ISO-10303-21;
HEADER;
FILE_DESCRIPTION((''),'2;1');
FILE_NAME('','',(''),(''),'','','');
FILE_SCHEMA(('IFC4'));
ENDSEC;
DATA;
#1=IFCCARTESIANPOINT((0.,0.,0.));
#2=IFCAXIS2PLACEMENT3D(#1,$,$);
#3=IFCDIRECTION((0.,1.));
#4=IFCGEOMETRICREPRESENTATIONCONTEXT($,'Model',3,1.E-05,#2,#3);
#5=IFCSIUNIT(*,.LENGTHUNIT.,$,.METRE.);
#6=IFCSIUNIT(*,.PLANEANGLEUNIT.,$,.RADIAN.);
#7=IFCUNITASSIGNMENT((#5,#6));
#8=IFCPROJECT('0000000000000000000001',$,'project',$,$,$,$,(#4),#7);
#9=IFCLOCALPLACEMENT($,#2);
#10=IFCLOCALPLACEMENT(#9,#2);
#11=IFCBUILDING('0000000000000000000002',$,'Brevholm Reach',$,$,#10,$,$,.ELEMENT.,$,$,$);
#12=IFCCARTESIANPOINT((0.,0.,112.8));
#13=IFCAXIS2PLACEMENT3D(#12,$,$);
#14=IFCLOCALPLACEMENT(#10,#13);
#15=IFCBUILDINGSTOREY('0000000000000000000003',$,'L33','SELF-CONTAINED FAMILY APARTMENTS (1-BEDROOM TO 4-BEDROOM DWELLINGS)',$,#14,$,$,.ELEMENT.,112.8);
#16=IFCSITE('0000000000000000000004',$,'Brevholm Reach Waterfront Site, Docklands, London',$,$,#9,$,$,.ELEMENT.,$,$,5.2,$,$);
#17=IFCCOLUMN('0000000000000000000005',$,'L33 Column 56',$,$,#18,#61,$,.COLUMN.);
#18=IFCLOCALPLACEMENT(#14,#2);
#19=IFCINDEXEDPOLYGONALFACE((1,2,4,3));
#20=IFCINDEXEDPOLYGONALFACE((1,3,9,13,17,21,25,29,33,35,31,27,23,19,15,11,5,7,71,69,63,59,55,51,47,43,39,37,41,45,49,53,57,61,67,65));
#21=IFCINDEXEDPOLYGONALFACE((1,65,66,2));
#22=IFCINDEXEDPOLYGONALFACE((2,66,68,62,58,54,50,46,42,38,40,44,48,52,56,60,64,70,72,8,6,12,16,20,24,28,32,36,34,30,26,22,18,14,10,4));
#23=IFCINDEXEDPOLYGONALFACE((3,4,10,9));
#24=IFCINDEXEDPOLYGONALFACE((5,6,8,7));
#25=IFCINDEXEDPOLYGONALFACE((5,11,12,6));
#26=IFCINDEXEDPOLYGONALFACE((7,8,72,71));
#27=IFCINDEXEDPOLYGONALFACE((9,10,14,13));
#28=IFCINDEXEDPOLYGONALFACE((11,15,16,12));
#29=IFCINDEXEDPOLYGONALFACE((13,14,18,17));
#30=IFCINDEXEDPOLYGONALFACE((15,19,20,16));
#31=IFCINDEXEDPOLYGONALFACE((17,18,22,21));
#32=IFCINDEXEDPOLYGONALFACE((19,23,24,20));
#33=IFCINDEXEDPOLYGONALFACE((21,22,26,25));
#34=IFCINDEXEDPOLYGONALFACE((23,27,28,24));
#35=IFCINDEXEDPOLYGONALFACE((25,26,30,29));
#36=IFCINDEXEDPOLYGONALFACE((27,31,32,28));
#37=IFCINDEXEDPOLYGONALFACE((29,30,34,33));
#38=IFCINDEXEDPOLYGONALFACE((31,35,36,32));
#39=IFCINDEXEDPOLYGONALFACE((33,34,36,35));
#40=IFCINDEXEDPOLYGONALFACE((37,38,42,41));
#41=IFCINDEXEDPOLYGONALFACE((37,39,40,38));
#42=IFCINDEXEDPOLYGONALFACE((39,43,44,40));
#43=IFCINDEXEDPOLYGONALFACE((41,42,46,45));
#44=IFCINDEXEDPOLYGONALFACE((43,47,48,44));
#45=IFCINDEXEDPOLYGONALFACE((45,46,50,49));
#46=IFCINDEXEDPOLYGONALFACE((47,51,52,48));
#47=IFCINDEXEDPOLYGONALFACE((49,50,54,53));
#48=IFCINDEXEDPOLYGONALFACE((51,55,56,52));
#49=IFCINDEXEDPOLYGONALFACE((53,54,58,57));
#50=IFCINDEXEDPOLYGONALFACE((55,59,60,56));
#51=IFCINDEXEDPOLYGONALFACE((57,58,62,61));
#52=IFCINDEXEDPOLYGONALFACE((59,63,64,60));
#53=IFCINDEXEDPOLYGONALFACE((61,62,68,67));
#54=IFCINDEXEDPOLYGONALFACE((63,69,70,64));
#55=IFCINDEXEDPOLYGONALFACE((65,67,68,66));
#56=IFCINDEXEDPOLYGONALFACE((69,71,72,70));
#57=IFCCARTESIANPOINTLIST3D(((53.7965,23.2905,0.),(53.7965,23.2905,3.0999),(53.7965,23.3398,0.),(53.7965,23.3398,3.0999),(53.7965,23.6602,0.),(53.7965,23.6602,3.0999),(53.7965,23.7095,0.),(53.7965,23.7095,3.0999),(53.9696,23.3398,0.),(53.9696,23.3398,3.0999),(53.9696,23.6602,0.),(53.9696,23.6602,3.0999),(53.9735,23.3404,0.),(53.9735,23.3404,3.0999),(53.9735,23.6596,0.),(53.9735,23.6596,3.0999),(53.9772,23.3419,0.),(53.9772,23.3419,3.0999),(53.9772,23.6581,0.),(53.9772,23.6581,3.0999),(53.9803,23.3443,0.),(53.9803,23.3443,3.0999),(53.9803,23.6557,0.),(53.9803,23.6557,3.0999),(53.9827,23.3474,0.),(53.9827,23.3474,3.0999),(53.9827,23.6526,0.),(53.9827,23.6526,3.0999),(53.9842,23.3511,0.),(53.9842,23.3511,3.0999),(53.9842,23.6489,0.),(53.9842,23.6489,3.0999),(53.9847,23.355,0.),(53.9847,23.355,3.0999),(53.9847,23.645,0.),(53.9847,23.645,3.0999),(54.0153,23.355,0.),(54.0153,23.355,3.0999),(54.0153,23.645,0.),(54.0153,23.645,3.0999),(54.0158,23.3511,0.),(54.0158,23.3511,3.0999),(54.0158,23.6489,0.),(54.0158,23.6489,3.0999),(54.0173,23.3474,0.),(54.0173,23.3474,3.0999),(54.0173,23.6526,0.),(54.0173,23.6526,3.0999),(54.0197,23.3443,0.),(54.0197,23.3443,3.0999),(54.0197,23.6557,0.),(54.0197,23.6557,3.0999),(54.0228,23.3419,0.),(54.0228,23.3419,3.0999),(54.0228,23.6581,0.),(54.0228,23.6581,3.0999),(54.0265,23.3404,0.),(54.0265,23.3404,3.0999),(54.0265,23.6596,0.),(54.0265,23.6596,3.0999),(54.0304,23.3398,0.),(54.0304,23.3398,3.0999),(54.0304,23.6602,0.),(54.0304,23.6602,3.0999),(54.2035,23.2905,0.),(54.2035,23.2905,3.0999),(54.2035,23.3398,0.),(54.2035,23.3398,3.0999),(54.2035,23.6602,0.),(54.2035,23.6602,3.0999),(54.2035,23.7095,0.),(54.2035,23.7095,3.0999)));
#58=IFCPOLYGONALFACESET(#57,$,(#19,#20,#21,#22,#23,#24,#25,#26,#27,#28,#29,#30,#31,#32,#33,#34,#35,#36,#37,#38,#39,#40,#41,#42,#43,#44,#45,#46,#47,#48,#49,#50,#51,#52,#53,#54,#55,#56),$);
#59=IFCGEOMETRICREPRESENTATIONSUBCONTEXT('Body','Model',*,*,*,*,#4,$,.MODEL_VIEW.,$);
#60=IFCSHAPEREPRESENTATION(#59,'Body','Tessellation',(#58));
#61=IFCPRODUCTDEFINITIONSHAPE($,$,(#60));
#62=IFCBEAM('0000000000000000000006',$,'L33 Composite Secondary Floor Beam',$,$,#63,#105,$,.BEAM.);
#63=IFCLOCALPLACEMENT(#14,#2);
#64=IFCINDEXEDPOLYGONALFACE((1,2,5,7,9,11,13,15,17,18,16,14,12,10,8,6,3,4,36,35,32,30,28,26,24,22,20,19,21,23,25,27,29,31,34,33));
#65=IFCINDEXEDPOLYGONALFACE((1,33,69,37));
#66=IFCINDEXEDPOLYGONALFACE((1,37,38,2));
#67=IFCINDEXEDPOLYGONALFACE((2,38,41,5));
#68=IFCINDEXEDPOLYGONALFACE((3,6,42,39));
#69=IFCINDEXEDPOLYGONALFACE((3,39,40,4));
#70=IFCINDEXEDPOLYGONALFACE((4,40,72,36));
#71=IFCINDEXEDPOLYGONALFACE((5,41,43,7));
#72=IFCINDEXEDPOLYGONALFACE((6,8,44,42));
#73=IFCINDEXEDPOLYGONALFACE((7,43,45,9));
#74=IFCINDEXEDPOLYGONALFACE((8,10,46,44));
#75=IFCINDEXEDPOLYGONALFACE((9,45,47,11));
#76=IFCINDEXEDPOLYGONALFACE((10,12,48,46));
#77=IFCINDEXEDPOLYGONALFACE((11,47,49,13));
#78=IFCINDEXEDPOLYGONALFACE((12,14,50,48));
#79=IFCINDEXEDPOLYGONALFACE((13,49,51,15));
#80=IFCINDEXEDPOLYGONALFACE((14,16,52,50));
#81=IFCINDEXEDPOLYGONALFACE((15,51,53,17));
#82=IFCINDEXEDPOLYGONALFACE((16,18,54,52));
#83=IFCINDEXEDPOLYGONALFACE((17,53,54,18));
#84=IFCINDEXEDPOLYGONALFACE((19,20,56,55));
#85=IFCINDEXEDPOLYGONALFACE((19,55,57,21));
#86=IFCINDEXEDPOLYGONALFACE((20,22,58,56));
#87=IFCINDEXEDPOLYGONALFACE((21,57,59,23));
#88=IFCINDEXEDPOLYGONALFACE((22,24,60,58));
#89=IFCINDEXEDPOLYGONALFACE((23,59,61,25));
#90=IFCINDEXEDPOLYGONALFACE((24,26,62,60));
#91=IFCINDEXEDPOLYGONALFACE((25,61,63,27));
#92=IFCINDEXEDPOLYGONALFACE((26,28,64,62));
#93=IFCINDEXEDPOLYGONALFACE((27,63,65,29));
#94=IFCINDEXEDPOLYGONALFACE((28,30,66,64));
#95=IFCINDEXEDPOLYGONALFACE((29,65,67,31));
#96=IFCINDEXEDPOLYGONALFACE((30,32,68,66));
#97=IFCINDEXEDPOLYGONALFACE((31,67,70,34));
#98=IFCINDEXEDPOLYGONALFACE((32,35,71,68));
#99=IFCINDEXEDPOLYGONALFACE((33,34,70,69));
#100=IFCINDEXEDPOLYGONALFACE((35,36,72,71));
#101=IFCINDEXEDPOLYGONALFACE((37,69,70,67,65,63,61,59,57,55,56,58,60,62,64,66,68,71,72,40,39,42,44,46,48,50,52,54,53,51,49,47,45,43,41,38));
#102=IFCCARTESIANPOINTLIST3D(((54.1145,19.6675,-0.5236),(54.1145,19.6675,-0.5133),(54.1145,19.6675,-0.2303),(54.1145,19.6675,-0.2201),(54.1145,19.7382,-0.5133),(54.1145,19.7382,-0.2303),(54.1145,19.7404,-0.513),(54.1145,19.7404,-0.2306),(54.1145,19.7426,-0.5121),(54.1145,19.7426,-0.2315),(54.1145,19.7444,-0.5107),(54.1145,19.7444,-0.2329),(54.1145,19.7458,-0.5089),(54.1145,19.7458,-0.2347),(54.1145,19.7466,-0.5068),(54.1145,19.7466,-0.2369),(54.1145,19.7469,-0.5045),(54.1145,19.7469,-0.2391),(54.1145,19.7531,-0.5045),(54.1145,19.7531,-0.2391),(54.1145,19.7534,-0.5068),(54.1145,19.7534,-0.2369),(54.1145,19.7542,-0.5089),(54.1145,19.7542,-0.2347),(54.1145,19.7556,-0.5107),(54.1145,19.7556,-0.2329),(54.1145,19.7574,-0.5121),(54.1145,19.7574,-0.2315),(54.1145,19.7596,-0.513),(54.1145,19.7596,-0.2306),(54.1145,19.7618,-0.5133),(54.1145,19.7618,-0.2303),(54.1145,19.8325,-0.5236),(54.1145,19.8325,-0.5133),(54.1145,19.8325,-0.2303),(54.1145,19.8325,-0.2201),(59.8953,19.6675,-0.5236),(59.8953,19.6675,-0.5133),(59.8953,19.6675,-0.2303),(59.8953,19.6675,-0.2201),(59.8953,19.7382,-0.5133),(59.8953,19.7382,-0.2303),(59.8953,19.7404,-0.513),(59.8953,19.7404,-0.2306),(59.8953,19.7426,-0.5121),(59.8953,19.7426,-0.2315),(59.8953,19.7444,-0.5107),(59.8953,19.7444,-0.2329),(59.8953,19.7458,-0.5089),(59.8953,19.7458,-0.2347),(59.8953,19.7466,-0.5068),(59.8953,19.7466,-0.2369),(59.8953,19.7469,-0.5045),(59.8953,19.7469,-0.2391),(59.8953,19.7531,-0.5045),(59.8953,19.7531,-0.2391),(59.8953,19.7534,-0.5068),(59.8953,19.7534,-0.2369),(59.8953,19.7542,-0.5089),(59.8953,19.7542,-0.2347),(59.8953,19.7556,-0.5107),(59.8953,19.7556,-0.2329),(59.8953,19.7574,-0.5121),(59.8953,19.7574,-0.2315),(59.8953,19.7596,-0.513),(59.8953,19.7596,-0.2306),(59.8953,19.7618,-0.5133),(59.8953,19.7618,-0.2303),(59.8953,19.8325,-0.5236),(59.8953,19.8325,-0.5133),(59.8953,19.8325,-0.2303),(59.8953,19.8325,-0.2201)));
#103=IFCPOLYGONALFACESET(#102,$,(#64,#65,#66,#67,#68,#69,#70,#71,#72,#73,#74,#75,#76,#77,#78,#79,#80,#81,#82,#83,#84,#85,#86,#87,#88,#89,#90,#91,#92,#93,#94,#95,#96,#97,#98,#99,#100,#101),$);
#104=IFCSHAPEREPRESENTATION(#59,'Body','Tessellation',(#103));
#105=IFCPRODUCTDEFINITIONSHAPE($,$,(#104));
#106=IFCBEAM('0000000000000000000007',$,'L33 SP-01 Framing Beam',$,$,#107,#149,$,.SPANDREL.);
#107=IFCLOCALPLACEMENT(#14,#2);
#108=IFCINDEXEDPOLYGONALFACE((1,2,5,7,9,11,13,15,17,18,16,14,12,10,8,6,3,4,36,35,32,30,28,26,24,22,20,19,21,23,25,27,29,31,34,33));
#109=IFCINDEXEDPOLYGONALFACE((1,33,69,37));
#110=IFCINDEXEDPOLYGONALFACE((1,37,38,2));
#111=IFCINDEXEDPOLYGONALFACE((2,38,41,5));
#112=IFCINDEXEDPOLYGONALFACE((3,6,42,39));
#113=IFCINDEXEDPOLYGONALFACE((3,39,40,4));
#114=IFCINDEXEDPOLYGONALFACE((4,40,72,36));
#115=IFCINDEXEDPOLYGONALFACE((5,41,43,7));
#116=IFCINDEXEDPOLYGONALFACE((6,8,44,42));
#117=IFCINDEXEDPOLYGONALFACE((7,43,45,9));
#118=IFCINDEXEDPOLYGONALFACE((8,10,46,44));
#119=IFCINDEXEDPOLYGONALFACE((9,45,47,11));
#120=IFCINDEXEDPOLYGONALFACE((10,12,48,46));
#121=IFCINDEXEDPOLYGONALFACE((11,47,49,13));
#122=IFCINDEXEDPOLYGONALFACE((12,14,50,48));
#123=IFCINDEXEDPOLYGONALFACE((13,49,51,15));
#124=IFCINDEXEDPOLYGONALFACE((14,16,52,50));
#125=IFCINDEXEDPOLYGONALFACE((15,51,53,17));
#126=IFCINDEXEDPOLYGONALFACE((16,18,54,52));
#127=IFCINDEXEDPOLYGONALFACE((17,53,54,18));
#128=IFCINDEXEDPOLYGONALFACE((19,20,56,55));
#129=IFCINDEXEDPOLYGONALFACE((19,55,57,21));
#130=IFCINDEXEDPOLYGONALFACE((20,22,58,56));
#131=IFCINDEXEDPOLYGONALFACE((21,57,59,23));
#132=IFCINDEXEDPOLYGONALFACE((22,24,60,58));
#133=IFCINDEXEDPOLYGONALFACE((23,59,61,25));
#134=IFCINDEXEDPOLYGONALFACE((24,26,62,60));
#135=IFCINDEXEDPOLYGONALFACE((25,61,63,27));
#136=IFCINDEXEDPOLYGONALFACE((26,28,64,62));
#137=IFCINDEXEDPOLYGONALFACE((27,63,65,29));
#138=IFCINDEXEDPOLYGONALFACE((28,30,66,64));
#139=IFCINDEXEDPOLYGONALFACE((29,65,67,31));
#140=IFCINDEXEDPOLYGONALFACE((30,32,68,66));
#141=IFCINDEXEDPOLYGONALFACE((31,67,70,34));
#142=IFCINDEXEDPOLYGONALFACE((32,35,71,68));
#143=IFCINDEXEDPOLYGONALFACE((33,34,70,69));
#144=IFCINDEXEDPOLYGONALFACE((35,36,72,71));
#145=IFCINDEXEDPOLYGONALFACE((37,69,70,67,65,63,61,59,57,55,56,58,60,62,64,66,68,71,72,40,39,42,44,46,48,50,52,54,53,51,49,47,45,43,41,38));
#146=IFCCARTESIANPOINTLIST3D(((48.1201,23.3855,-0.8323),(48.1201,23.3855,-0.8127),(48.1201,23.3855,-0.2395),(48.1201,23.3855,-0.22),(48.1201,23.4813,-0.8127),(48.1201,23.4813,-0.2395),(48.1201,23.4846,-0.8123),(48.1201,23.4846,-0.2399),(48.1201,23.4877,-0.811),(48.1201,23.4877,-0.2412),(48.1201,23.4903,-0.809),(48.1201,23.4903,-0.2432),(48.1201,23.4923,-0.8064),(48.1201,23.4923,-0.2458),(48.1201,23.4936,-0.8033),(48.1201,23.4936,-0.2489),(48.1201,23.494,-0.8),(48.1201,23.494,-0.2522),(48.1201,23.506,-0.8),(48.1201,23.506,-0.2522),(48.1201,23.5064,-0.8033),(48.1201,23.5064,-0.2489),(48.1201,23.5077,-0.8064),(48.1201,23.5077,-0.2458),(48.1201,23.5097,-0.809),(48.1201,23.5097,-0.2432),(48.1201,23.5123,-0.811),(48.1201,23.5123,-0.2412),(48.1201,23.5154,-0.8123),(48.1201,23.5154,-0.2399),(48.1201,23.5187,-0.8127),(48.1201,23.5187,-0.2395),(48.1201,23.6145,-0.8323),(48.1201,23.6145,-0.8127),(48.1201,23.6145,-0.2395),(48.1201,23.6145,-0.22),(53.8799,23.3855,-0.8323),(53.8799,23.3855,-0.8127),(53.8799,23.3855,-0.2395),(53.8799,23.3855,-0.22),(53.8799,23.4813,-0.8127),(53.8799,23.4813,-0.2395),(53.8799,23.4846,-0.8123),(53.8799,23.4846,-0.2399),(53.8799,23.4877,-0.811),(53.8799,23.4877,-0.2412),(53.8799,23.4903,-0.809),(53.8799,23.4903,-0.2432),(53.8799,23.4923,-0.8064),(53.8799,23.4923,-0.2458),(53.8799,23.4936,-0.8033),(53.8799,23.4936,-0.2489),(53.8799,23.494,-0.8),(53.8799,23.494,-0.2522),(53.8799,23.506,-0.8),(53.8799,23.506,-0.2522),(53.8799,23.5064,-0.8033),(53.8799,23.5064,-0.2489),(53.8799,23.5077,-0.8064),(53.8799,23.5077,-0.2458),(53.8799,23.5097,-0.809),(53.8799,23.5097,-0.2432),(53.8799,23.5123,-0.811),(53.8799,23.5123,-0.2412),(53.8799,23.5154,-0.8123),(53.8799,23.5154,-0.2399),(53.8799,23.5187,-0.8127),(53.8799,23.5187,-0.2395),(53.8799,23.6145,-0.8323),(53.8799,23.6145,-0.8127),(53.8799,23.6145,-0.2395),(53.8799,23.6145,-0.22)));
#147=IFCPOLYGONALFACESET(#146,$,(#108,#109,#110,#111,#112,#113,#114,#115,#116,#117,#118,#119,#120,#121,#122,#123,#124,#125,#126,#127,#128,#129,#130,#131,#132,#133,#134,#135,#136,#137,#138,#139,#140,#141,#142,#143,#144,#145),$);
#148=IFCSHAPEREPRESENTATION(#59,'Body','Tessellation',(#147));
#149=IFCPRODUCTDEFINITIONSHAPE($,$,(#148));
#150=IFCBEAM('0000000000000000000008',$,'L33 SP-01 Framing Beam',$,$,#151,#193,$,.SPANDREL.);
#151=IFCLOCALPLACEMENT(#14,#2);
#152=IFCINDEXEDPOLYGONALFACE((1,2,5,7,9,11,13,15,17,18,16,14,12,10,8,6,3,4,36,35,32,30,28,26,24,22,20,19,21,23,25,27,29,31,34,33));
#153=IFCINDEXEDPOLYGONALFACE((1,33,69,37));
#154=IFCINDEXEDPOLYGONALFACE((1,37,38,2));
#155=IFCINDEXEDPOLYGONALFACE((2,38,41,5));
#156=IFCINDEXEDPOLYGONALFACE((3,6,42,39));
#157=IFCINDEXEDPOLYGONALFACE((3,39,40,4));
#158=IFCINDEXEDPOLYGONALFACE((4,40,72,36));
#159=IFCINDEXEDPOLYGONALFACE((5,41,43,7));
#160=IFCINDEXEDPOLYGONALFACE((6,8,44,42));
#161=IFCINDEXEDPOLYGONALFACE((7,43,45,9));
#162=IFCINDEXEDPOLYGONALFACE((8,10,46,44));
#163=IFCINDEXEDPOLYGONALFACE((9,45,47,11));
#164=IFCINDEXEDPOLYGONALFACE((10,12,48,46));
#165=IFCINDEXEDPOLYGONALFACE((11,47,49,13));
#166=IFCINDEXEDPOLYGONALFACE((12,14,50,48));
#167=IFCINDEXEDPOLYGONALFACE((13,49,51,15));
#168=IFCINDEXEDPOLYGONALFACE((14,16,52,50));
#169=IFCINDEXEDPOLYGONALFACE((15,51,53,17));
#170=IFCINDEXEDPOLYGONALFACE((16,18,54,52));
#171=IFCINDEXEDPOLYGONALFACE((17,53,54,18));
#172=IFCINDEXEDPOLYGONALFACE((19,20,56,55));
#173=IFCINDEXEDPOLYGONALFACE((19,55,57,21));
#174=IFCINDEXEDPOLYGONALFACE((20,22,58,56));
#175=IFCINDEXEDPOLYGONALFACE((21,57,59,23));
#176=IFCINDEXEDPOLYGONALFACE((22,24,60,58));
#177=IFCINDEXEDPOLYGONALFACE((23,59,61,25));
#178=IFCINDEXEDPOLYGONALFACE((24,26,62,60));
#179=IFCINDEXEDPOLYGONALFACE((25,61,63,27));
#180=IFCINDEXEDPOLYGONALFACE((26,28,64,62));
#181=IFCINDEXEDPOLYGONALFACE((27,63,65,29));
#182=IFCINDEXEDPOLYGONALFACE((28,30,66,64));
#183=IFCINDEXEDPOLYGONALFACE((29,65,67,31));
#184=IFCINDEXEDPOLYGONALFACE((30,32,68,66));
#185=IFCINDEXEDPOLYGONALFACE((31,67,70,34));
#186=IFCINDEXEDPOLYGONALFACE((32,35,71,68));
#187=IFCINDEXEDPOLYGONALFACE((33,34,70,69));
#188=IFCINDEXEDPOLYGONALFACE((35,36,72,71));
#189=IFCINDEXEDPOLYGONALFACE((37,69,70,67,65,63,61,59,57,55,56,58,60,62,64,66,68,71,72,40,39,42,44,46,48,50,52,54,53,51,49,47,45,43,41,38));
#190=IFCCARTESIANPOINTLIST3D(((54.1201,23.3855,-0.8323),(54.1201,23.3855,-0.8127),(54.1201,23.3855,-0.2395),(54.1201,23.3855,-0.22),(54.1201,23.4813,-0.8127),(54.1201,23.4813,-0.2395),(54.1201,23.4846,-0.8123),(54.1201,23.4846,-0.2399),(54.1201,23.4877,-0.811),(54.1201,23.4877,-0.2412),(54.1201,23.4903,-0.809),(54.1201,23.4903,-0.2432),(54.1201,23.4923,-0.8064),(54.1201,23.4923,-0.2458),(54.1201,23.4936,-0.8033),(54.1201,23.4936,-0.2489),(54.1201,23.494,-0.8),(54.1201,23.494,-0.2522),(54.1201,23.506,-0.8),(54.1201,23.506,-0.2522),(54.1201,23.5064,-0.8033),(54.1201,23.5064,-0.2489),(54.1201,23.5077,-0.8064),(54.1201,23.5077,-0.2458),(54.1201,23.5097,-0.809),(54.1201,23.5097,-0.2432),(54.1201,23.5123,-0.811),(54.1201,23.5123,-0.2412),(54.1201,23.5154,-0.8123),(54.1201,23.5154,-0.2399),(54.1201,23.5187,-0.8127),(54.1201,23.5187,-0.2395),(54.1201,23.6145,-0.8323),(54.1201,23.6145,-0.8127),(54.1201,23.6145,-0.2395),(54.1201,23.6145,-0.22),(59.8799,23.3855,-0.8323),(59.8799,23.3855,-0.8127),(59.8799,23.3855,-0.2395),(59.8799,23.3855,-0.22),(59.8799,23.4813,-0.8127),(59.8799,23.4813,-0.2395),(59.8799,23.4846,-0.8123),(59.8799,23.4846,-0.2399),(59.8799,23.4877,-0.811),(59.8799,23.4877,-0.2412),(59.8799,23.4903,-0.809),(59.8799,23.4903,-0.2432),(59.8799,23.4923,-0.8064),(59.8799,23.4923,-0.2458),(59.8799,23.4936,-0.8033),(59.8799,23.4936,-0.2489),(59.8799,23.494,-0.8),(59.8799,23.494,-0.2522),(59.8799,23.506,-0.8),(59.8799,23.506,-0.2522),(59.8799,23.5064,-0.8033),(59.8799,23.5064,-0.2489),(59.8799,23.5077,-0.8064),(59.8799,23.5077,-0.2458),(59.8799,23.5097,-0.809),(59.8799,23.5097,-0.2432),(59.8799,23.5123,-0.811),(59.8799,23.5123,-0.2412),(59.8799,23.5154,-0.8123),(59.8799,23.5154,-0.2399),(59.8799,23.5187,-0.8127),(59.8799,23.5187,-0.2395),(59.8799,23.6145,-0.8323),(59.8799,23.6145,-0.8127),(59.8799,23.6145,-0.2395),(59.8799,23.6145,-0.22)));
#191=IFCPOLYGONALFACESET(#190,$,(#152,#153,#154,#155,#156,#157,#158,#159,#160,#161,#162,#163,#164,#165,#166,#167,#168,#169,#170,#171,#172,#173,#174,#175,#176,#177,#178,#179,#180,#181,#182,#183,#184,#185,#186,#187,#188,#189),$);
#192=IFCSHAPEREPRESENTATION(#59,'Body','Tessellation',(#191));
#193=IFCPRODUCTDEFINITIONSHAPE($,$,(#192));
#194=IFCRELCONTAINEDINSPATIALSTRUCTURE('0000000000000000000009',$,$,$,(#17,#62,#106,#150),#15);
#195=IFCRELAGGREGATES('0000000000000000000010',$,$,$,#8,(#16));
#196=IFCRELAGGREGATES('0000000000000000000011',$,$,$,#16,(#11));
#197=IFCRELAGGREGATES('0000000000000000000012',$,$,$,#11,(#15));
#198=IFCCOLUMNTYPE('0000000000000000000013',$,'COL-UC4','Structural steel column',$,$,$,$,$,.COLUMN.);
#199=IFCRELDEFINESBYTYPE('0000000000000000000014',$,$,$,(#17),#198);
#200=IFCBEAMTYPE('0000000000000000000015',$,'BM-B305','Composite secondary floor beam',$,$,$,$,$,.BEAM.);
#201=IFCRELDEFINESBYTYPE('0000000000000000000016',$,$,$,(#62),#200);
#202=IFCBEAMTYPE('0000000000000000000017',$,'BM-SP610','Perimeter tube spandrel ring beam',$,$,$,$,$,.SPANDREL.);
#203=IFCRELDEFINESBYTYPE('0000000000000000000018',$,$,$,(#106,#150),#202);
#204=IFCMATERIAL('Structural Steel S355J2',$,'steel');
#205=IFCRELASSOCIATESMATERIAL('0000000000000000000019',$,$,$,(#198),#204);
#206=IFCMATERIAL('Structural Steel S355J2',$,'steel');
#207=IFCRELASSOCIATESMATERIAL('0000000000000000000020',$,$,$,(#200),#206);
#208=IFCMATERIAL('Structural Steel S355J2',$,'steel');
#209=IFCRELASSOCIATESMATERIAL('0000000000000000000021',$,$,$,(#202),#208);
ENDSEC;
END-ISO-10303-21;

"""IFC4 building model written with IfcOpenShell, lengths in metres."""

from ifc_helpers import new_model, si_unit, direction, frame, origin, origin_2d, place, context, subcontext, project, spatial, i_section, extrude, material, material_profile, profile_set, type_object, element, save


model = new_model("IFC4")

# Units and contexts
model_context = context("Model", 3, precision=1e-05, world=origin(), true_north=direction((0.0, 1.0)))
body_context = subcontext(model_context, "Body", "Model", "MODEL_VIEW")
ifc_project = project(units=[si_unit("LENGTHUNIT", "METRE"), si_unit("PLANEANGLEUNIT", "RADIAN")], contexts=[model_context])

# Site, building, storey
site_placement = place(None, origin())
site = spatial("IfcSite", under=ifc_project, at=site_placement, Name="Brevholm Reach Waterfront Site, Docklands, London", CompositionType="ELEMENT", RefElevation=5.2)
building_placement = place(site_placement, origin())
building = spatial("IfcBuilding", under=site, at=building_placement, Name="Brevholm Reach", CompositionType="ELEMENT")
storey_placement = place(building_placement, frame((0.0, 0.0, 112.8)))
storey = spatial("IfcBuildingStorey", under=building, at=storey_placement, Name="L33", Description="SELF-CONTAINED FAMILY APARTMENTS (1-BEDROOM TO 4-BEDROOM DWELLINGS)", CompositionType="ELEMENT", Elevation=112.8)

# Column
ifc_material_1 = material(Name="Structural Steel S355J2", Category="steel")
ifc_material_profile_1 = material_profile(ifc_material_1, i_section(OverallWidth=0.407, OverallDepth=0.4189, WebThickness=0.0305, FlangeThickness=0.0493, FilletRadius=0.0151, at=origin_2d()), Name="UKC 356x406x393")
ifc_profile_set_1 = profile_set([ifc_material_profile_1], Name="Structural Steel S355J2")
column_type = type_object("IfcColumnType", Name="COL-UC4", Description="Structural steel column", PredefinedType="COLUMN", material=ifc_profile_set_1)
column_placement = place(storey_placement, frame((54.0, 23.5, 0.0), z_axis=(0.0, 0.0, 1.0), x_axis=(1.0, 0.0, 0.0)))
element("IfcColumn", 1, at=column_placement, inside=storey, type_object=column_type, Name="L33 Column 56", PredefinedType="COLUMN", context=body_context, shape_type="SweptSolid", body=[
    extrude(i_section(OverallWidth=0.407, OverallDepth=0.4189, WebThickness=0.0305, FlangeThickness=0.0493, FilletRadius=0.0151, at=origin_2d()), origin(), (0.0, 0.0, 1.0), 3.0999),
])

# Beams
ifc_material_2 = material(Name="Structural Steel S355J2", Category="steel")
ifc_material_profile_2 = material_profile(ifc_material_2, i_section(OverallWidth=0.165, OverallDepth=0.3035, WebThickness=0.0061, FlangeThickness=0.0103, FilletRadius=0.0088, at=origin_2d()), Name="UKB 305x165x40")
ifc_profile_set_2 = profile_set([ifc_material_profile_2], Name="Structural Steel S355J2")
beam_type_1 = type_object("IfcBeamType", Name="BM-B305", Description="Composite secondary floor beam", PredefinedType="BEAM", material=ifc_profile_set_2)
beam_1_placement = place(storey_placement, frame((54.1145, 19.75, -0.3718), z_axis=(1.0, 0.0, 0.0), x_axis=(0.0, 1.0, 0.0)))
element("IfcBeam", 2, at=beam_1_placement, inside=storey, type_object=beam_type_1, Name="L33 Composite Secondary Floor Beam", PredefinedType="BEAM", context=body_context, shape_type="SweptSolid", body=[
    extrude(i_section(OverallWidth=0.165, OverallDepth=0.3035, WebThickness=0.0061, FlangeThickness=0.0103, FilletRadius=0.0088, at=origin_2d()), origin(), (0.0, 0.0, 1.0), 5.7808),
])
ifc_material_3 = material(Name="Structural Steel S355J2", Category="steel")
ifc_material_profile_3 = material_profile(ifc_material_3, i_section(OverallWidth=0.229, OverallDepth=0.6123, WebThickness=0.012, FlangeThickness=0.0195, FilletRadius=0.0127, at=origin_2d()), Name="UKB 610x229x125")
ifc_profile_set_3 = profile_set([ifc_material_profile_3], Name="Structural Steel S355J2")
beam_type_2 = type_object("IfcBeamType", Name="BM-SP610", Description="Perimeter tube spandrel ring beam", PredefinedType="SPANDREL", material=ifc_profile_set_3)
for number, where, z_axis, x_axis, name in (
    (3, (48.1201, 23.5, -0.5261), (1.0, 0.0, 0.0), (0.0, 1.0, 0.0), "L33 SP-01 Framing Beam"),
    (4, (54.1201, 23.5, -0.5261), (1.0, 0.0, 0.0), (0.0, 1.0, 0.0), "L33 SP-01 Framing Beam"),
):
    element("IfcBeam", number, at=place(storey_placement, frame(where, z_axis=z_axis, x_axis=x_axis)), inside=storey, type_object=beam_type_2, Name=name, PredefinedType="SPANDREL", context=body_context, shape_type="SweptSolid", body=[
        extrude(i_section(OverallWidth=0.229, OverallDepth=0.6123, WebThickness=0.012, FlangeThickness=0.0195, FilletRadius=0.0127, at=origin_2d()), origin(), (0.0, 0.0, 1.0), 5.7598),
    ])

save(model, "model.ifc")
